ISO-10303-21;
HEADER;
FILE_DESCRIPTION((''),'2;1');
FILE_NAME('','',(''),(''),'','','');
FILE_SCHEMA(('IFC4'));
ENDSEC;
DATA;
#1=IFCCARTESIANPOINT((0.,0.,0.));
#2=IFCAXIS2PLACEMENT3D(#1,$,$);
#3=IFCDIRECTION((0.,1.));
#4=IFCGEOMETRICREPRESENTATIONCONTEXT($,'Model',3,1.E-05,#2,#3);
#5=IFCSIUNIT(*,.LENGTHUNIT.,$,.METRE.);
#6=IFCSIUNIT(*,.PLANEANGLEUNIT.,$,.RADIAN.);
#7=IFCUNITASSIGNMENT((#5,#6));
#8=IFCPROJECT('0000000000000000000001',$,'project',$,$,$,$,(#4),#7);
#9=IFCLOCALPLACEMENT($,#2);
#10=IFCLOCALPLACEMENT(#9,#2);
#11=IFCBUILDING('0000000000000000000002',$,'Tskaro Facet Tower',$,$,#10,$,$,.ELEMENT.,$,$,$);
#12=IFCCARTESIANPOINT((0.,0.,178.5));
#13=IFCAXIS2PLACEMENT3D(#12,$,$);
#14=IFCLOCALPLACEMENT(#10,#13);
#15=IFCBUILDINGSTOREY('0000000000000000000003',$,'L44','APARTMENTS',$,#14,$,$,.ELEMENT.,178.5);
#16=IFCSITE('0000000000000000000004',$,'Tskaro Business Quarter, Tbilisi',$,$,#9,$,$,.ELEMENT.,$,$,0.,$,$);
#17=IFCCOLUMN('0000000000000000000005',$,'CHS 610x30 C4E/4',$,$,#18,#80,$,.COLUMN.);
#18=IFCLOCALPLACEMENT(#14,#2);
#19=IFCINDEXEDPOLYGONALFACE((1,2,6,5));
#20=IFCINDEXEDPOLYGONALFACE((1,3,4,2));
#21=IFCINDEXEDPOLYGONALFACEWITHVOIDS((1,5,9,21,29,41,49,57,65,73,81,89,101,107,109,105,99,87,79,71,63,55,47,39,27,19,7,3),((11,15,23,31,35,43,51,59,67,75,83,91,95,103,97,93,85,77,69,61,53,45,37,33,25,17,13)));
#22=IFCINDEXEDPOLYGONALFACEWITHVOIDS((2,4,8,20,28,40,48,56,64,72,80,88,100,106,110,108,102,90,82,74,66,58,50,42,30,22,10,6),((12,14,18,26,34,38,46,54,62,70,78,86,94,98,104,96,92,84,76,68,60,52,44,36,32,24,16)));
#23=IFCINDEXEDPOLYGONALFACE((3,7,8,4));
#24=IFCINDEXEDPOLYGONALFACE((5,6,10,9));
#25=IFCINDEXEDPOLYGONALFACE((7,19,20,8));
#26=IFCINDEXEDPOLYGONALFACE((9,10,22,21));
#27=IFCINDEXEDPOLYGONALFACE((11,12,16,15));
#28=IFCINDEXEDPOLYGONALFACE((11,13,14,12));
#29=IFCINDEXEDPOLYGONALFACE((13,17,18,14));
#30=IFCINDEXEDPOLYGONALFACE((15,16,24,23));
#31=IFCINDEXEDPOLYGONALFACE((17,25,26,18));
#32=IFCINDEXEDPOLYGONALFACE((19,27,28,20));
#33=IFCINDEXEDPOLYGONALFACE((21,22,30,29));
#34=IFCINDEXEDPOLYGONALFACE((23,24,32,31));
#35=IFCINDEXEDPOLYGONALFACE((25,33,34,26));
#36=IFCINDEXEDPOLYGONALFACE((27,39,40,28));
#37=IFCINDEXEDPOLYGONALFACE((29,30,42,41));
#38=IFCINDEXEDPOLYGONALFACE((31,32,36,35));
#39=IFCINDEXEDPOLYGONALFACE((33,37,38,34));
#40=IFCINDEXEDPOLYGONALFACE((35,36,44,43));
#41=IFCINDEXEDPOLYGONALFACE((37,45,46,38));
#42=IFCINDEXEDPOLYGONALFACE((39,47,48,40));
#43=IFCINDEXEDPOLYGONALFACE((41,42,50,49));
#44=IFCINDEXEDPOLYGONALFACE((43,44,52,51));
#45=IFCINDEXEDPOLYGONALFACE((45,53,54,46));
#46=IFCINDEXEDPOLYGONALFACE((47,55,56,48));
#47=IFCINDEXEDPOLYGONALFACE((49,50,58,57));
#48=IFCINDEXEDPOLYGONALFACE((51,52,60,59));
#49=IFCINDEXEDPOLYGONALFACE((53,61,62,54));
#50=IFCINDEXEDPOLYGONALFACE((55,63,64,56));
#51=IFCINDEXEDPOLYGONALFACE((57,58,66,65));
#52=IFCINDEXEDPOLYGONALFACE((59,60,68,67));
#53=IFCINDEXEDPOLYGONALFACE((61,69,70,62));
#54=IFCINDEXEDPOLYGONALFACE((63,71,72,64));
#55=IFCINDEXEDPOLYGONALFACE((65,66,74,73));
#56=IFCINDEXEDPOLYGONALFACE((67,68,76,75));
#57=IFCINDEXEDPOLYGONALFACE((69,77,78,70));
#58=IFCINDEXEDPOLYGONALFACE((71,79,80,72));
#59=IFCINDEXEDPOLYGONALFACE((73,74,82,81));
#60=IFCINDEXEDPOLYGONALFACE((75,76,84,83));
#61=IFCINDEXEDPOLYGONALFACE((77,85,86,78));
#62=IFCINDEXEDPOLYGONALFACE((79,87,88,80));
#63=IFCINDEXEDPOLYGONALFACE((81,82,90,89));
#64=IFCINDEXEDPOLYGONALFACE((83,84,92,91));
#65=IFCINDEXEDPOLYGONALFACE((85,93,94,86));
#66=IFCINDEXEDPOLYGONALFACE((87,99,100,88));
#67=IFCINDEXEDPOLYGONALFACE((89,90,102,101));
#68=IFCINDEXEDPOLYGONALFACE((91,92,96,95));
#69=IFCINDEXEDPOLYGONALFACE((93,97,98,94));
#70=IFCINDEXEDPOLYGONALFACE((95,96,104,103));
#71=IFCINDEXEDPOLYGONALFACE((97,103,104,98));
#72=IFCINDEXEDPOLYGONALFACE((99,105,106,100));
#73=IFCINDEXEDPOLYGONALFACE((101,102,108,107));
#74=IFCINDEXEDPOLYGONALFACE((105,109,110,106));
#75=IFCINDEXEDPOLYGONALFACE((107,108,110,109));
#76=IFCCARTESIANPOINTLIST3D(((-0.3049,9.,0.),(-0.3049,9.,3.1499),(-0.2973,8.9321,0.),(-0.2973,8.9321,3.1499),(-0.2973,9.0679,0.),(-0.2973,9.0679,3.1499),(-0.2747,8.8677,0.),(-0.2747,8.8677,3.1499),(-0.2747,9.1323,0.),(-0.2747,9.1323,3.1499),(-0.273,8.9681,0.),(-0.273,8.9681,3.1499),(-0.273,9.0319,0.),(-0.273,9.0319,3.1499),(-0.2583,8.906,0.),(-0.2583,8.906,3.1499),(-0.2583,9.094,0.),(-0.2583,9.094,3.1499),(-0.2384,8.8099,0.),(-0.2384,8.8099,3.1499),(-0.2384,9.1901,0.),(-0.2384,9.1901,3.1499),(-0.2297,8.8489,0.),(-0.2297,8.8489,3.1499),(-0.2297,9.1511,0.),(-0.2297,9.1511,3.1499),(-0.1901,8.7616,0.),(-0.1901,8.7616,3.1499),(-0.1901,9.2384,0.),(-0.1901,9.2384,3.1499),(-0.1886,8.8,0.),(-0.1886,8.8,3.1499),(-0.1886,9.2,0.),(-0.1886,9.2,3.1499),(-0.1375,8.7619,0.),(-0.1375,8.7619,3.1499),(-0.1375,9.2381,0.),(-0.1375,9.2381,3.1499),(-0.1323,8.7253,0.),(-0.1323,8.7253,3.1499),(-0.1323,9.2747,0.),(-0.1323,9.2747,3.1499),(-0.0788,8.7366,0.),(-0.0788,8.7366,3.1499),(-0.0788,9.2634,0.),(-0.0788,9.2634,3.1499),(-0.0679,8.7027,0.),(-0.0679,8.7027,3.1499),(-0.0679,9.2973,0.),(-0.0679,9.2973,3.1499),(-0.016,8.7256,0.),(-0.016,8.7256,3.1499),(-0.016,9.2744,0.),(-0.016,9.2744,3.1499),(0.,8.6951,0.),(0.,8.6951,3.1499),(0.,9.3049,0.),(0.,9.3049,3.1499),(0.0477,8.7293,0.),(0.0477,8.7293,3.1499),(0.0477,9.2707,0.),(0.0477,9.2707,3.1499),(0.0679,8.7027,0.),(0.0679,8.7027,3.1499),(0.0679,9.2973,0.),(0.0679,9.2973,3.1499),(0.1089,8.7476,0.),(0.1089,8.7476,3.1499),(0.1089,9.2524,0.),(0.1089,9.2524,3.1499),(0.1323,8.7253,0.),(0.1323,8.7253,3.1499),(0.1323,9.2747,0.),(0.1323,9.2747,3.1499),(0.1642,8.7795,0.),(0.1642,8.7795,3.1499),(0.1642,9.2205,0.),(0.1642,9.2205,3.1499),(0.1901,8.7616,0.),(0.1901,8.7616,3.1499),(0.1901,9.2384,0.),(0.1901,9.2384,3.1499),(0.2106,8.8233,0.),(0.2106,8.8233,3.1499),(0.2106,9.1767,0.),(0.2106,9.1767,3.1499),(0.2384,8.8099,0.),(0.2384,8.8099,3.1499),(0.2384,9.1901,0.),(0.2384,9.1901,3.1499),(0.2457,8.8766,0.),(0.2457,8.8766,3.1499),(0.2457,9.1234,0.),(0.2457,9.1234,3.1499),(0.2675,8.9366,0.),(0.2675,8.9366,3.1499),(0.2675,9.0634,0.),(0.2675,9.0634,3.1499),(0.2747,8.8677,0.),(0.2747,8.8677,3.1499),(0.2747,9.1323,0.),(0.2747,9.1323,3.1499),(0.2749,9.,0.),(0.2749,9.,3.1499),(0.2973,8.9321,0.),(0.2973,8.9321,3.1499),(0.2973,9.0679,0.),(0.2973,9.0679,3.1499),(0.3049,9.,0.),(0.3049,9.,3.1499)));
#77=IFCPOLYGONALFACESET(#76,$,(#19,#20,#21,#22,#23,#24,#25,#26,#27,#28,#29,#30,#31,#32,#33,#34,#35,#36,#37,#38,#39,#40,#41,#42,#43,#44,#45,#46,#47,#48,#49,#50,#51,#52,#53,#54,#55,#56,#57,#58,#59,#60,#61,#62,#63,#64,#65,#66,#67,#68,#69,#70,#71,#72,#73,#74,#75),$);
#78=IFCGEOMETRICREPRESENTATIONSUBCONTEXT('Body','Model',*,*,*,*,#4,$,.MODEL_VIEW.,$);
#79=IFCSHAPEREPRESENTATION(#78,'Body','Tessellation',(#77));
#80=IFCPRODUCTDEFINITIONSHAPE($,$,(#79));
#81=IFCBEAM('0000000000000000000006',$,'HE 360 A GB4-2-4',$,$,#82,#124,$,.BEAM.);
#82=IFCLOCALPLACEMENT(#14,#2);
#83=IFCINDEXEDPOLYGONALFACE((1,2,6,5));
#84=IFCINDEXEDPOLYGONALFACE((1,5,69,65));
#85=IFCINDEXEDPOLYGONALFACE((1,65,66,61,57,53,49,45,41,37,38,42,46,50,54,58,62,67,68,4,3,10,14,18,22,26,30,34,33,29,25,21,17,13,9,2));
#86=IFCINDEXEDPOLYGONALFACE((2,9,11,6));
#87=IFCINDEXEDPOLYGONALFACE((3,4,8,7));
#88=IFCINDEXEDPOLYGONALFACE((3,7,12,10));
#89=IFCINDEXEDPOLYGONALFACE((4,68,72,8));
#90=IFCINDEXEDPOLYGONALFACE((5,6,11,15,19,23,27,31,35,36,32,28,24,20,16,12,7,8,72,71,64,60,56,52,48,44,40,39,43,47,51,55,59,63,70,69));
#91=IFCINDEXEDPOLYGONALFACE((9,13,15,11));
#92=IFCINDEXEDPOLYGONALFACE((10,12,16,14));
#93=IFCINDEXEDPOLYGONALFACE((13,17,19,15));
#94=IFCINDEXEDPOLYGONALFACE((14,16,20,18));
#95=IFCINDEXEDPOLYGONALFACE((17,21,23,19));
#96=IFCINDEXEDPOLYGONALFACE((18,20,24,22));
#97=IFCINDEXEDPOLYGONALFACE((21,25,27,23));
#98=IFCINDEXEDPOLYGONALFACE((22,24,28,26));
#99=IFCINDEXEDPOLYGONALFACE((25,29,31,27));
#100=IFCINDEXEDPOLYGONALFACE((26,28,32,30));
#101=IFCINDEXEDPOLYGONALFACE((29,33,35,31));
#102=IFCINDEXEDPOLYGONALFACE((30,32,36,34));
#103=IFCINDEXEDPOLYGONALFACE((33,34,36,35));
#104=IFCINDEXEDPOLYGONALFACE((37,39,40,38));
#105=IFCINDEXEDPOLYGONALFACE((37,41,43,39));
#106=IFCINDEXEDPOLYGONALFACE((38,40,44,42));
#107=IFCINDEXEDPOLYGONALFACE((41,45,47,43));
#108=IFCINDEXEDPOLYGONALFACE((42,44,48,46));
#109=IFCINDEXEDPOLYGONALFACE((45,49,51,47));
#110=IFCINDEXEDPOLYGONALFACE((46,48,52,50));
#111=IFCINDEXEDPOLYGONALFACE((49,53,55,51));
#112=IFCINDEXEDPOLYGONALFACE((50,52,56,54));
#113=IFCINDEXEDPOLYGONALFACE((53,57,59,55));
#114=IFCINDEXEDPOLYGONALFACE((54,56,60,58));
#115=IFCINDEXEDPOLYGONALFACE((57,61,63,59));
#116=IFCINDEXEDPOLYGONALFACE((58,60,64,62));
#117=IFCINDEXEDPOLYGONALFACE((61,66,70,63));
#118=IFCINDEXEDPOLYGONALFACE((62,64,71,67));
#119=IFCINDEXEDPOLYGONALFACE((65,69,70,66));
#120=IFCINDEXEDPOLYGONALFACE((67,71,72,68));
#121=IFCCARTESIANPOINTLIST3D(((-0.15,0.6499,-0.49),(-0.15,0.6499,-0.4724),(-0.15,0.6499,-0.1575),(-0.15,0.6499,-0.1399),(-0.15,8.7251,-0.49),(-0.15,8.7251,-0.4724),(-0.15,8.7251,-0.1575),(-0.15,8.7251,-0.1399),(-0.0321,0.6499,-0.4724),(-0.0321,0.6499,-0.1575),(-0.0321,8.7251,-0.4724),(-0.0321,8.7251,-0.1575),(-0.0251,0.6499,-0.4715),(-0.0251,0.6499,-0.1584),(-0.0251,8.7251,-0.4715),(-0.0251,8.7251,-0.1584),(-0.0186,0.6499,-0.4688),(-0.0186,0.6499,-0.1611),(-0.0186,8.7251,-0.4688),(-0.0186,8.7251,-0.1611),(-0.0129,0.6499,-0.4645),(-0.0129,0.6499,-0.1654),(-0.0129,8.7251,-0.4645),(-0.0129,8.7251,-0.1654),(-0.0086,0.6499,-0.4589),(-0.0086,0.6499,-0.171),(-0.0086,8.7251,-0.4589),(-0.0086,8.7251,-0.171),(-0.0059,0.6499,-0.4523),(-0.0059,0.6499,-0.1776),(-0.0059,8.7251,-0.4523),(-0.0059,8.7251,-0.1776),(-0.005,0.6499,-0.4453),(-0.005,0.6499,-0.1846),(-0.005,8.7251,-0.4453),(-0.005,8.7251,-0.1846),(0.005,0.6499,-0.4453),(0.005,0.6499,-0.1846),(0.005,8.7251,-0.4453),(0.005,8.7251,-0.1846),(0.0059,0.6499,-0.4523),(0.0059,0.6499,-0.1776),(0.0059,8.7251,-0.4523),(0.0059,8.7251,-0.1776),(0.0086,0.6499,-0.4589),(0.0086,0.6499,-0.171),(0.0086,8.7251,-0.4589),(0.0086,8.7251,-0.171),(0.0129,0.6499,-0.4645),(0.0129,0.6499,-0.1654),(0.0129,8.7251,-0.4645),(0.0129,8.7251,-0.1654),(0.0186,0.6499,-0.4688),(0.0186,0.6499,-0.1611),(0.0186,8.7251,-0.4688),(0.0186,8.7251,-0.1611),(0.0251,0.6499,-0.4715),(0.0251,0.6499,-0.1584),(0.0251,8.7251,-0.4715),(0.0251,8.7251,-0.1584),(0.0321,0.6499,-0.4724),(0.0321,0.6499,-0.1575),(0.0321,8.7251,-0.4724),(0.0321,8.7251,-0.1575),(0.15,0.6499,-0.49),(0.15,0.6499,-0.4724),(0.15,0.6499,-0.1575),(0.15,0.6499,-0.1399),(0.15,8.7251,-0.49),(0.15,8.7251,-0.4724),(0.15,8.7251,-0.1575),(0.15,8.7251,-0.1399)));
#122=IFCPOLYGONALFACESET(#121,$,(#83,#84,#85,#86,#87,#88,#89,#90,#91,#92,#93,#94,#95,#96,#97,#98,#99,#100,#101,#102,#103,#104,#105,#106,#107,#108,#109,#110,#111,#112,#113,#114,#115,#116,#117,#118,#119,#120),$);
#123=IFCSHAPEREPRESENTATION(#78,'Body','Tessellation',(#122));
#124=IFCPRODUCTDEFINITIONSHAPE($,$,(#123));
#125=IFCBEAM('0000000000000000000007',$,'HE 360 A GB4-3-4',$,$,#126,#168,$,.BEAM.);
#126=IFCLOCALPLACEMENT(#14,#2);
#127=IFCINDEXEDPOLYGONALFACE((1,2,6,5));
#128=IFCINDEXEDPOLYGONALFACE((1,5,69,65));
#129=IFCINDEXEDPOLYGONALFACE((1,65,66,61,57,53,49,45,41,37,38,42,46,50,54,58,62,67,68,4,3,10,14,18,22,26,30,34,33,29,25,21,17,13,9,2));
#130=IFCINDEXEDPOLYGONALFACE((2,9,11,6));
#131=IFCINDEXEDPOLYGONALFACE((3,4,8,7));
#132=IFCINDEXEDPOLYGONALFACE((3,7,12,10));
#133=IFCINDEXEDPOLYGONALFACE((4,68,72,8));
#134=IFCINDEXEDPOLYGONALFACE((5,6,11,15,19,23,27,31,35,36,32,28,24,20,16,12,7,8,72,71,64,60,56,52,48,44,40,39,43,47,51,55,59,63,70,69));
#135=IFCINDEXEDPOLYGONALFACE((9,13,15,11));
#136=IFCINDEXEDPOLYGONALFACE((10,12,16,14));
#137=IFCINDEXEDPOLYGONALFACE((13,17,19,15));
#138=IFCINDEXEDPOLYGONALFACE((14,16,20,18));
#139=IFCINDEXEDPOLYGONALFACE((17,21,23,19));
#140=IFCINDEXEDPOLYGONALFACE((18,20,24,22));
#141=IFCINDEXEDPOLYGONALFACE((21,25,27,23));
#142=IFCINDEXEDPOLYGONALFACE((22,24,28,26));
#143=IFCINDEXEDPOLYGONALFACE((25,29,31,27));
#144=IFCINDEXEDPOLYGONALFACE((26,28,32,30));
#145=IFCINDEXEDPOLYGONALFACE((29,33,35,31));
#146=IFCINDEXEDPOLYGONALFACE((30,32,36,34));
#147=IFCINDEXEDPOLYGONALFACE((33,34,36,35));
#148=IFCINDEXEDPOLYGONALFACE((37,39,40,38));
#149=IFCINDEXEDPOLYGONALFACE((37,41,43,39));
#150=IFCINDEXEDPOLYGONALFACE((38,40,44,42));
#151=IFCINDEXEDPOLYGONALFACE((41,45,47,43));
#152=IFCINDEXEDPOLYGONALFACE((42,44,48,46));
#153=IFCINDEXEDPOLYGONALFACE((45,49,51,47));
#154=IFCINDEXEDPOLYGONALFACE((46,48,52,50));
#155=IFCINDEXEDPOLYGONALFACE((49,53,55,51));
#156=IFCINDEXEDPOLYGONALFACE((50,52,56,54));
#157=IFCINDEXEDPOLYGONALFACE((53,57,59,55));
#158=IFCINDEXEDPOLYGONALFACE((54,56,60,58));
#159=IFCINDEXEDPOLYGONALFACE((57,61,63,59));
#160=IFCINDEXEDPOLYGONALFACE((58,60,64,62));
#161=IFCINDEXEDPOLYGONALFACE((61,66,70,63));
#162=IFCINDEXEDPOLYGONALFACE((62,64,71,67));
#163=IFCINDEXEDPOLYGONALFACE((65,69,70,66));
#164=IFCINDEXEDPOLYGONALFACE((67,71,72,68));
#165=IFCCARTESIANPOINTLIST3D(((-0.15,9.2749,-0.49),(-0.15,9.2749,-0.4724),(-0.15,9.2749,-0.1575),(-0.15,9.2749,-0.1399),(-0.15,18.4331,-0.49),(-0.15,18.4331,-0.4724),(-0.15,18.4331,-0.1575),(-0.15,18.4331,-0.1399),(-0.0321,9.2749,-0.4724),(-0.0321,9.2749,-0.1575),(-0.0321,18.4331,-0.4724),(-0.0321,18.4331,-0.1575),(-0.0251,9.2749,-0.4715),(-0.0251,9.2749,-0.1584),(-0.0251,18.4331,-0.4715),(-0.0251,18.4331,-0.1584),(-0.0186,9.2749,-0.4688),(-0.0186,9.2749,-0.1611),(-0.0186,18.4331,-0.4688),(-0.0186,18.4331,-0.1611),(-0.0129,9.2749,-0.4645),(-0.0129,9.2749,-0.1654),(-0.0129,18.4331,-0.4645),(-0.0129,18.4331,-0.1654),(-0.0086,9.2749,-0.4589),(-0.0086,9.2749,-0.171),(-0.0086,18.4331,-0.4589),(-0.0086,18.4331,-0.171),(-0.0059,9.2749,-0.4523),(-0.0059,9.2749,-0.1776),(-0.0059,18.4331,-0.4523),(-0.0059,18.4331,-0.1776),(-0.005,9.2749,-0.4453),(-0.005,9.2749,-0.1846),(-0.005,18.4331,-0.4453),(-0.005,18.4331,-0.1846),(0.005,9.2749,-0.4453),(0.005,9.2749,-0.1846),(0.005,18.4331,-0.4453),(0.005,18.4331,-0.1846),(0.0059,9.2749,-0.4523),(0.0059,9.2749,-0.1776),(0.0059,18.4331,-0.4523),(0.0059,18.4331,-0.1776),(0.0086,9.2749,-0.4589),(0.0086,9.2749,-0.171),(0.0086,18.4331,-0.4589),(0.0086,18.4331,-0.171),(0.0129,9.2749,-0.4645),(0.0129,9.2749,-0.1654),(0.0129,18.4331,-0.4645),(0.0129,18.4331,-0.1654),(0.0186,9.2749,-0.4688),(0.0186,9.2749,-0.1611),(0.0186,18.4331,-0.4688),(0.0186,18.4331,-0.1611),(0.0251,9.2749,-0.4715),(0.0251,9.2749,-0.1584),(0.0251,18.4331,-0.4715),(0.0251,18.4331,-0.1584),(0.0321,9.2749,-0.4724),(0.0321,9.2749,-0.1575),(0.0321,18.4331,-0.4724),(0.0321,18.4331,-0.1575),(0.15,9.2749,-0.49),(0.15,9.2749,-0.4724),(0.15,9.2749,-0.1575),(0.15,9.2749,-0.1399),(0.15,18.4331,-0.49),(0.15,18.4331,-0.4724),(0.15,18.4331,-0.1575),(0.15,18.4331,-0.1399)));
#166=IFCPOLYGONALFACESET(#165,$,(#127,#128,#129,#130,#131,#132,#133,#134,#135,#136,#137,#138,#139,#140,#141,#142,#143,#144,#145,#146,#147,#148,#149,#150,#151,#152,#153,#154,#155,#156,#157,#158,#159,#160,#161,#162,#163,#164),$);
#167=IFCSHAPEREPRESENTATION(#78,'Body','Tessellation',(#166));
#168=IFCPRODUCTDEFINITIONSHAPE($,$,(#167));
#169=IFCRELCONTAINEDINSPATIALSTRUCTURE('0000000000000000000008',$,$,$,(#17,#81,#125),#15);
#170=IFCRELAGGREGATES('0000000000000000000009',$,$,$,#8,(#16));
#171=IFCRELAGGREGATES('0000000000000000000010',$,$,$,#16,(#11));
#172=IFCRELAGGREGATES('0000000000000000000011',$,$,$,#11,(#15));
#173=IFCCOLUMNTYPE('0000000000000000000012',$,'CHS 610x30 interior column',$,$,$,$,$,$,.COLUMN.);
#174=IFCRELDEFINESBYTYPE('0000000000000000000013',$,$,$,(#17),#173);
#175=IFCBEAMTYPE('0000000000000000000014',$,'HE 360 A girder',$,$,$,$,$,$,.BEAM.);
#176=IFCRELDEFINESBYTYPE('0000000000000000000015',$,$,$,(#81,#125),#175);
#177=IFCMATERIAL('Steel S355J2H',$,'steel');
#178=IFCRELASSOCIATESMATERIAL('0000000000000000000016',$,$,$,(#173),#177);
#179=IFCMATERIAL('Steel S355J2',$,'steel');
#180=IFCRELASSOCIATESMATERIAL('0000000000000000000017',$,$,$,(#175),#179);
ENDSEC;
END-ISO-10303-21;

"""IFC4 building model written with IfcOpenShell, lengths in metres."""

from ifc_helpers import new_model, si_unit, direction, frame, origin, origin_2d, place, context, subcontext, project, spatial, hollow_circle, i_section, extrude, material, material_profile, profile_set, type_object, element, save


model = new_model("IFC4")

# Units and contexts
model_context = context("Model", 3, precision=1e-05, world=origin(), true_north=direction((0.0, 1.0)))
body_context = subcontext(model_context, "Body", "Model", "MODEL_VIEW")
ifc_project = project(units=[si_unit("LENGTHUNIT", "METRE"), si_unit("PLANEANGLEUNIT", "RADIAN")], contexts=[model_context])

# Site, building, storey
site_placement = place(None, origin())
site = spatial("IfcSite", under=ifc_project, at=site_placement, Name="Tskaro Business Quarter, Tbilisi", CompositionType="ELEMENT", RefElevation=0.0)
building_placement = place(site_placement, origin())
building = spatial("IfcBuilding", under=site, at=building_placement, Name="Tskaro Facet Tower", CompositionType="ELEMENT")
storey_placement = place(building_placement, frame((0.0, 0.0, 178.5)))
storey = spatial("IfcBuildingStorey", under=building, at=storey_placement, Name="L44", Description="APARTMENTS", CompositionType="ELEMENT", Elevation=178.5)

# Column
ifc_material_1 = material(Name="Steel S355J2H", Category="steel")
ifc_material_profile_1 = material_profile(ifc_material_1, hollow_circle(Radius=0.3049, WallThickness=0.03, at=origin_2d()), Name="CHS 610x30")
ifc_profile_set_1 = profile_set([ifc_material_profile_1], Name="Steel S355J2H")
column_type = type_object("IfcColumnType", Name="CHS 610x30 interior column", PredefinedType="COLUMN", material=ifc_profile_set_1)
column_placement = place(storey_placement, frame((0.0, 9.0, 0.0), z_axis=(0.0, 0.0, 1.0), x_axis=(1.0, 0.0, 0.0)))
element("IfcColumn", 1, at=column_placement, inside=storey, type_object=column_type, Name="CHS 610x30 C4E/4", PredefinedType="COLUMN", context=body_context, shape_type="SweptSolid", body=[
    extrude(hollow_circle(Radius=0.3049, WallThickness=0.03, at=origin_2d()), origin(), (0.0, 0.0, 1.0), 3.1499),
])

# Beams
ifc_material_2 = material(Name="Steel S355J2", Category="steel")
ifc_material_profile_2 = material_profile(ifc_material_2, i_section(OverallWidth=0.3, OverallDepth=0.3501, WebThickness=0.01, FlangeThickness=0.0176, FilletRadius=0.0271, at=origin_2d()), Name="HE 360 A")
ifc_profile_set_2 = profile_set([ifc_material_profile_2], Name="Steel S355J2")
beam_type_1 = type_object("IfcBeamType", Name="HE 360 A girder", PredefinedType="BEAM", material=ifc_profile_set_2)
beam_1_placement = place(storey_placement, frame((0.0, 0.6499, -0.3149), z_axis=(0.0, 1.0, 0.0), x_axis=(-1.0, 0.0, 0.0)))
element("IfcBeam", 2, at=beam_1_placement, inside=storey, type_object=beam_type_1, Name="HE 360 A GB4-2-4", PredefinedType="BEAM", context=body_context, shape_type="SweptSolid", body=[
    extrude(i_section(OverallWidth=0.3, OverallDepth=0.3501, WebThickness=0.01, FlangeThickness=0.0176, FilletRadius=0.0271, at=origin_2d()), origin(), (0.0, 0.0, 1.0), 8.0752),
])
beam_2_placement = place(storey_placement, frame((0.0, 9.2749, -0.3149), z_axis=(0.0, 1.0, 0.0), x_axis=(-1.0, 0.0, 0.0)))
element("IfcBeam", 3, at=beam_2_placement, inside=storey, type_object=beam_type_1, Name="HE 360 A GB4-3-4", PredefinedType="BEAM", context=body_context, shape_type="SweptSolid", body=[
    extrude(i_section(OverallWidth=0.3, OverallDepth=0.3501, WebThickness=0.01, FlangeThickness=0.0176, FilletRadius=0.0271, at=origin_2d()), origin(), (0.0, 0.0, 1.0), 9.1582),
])

save(model, "model.ifc")
